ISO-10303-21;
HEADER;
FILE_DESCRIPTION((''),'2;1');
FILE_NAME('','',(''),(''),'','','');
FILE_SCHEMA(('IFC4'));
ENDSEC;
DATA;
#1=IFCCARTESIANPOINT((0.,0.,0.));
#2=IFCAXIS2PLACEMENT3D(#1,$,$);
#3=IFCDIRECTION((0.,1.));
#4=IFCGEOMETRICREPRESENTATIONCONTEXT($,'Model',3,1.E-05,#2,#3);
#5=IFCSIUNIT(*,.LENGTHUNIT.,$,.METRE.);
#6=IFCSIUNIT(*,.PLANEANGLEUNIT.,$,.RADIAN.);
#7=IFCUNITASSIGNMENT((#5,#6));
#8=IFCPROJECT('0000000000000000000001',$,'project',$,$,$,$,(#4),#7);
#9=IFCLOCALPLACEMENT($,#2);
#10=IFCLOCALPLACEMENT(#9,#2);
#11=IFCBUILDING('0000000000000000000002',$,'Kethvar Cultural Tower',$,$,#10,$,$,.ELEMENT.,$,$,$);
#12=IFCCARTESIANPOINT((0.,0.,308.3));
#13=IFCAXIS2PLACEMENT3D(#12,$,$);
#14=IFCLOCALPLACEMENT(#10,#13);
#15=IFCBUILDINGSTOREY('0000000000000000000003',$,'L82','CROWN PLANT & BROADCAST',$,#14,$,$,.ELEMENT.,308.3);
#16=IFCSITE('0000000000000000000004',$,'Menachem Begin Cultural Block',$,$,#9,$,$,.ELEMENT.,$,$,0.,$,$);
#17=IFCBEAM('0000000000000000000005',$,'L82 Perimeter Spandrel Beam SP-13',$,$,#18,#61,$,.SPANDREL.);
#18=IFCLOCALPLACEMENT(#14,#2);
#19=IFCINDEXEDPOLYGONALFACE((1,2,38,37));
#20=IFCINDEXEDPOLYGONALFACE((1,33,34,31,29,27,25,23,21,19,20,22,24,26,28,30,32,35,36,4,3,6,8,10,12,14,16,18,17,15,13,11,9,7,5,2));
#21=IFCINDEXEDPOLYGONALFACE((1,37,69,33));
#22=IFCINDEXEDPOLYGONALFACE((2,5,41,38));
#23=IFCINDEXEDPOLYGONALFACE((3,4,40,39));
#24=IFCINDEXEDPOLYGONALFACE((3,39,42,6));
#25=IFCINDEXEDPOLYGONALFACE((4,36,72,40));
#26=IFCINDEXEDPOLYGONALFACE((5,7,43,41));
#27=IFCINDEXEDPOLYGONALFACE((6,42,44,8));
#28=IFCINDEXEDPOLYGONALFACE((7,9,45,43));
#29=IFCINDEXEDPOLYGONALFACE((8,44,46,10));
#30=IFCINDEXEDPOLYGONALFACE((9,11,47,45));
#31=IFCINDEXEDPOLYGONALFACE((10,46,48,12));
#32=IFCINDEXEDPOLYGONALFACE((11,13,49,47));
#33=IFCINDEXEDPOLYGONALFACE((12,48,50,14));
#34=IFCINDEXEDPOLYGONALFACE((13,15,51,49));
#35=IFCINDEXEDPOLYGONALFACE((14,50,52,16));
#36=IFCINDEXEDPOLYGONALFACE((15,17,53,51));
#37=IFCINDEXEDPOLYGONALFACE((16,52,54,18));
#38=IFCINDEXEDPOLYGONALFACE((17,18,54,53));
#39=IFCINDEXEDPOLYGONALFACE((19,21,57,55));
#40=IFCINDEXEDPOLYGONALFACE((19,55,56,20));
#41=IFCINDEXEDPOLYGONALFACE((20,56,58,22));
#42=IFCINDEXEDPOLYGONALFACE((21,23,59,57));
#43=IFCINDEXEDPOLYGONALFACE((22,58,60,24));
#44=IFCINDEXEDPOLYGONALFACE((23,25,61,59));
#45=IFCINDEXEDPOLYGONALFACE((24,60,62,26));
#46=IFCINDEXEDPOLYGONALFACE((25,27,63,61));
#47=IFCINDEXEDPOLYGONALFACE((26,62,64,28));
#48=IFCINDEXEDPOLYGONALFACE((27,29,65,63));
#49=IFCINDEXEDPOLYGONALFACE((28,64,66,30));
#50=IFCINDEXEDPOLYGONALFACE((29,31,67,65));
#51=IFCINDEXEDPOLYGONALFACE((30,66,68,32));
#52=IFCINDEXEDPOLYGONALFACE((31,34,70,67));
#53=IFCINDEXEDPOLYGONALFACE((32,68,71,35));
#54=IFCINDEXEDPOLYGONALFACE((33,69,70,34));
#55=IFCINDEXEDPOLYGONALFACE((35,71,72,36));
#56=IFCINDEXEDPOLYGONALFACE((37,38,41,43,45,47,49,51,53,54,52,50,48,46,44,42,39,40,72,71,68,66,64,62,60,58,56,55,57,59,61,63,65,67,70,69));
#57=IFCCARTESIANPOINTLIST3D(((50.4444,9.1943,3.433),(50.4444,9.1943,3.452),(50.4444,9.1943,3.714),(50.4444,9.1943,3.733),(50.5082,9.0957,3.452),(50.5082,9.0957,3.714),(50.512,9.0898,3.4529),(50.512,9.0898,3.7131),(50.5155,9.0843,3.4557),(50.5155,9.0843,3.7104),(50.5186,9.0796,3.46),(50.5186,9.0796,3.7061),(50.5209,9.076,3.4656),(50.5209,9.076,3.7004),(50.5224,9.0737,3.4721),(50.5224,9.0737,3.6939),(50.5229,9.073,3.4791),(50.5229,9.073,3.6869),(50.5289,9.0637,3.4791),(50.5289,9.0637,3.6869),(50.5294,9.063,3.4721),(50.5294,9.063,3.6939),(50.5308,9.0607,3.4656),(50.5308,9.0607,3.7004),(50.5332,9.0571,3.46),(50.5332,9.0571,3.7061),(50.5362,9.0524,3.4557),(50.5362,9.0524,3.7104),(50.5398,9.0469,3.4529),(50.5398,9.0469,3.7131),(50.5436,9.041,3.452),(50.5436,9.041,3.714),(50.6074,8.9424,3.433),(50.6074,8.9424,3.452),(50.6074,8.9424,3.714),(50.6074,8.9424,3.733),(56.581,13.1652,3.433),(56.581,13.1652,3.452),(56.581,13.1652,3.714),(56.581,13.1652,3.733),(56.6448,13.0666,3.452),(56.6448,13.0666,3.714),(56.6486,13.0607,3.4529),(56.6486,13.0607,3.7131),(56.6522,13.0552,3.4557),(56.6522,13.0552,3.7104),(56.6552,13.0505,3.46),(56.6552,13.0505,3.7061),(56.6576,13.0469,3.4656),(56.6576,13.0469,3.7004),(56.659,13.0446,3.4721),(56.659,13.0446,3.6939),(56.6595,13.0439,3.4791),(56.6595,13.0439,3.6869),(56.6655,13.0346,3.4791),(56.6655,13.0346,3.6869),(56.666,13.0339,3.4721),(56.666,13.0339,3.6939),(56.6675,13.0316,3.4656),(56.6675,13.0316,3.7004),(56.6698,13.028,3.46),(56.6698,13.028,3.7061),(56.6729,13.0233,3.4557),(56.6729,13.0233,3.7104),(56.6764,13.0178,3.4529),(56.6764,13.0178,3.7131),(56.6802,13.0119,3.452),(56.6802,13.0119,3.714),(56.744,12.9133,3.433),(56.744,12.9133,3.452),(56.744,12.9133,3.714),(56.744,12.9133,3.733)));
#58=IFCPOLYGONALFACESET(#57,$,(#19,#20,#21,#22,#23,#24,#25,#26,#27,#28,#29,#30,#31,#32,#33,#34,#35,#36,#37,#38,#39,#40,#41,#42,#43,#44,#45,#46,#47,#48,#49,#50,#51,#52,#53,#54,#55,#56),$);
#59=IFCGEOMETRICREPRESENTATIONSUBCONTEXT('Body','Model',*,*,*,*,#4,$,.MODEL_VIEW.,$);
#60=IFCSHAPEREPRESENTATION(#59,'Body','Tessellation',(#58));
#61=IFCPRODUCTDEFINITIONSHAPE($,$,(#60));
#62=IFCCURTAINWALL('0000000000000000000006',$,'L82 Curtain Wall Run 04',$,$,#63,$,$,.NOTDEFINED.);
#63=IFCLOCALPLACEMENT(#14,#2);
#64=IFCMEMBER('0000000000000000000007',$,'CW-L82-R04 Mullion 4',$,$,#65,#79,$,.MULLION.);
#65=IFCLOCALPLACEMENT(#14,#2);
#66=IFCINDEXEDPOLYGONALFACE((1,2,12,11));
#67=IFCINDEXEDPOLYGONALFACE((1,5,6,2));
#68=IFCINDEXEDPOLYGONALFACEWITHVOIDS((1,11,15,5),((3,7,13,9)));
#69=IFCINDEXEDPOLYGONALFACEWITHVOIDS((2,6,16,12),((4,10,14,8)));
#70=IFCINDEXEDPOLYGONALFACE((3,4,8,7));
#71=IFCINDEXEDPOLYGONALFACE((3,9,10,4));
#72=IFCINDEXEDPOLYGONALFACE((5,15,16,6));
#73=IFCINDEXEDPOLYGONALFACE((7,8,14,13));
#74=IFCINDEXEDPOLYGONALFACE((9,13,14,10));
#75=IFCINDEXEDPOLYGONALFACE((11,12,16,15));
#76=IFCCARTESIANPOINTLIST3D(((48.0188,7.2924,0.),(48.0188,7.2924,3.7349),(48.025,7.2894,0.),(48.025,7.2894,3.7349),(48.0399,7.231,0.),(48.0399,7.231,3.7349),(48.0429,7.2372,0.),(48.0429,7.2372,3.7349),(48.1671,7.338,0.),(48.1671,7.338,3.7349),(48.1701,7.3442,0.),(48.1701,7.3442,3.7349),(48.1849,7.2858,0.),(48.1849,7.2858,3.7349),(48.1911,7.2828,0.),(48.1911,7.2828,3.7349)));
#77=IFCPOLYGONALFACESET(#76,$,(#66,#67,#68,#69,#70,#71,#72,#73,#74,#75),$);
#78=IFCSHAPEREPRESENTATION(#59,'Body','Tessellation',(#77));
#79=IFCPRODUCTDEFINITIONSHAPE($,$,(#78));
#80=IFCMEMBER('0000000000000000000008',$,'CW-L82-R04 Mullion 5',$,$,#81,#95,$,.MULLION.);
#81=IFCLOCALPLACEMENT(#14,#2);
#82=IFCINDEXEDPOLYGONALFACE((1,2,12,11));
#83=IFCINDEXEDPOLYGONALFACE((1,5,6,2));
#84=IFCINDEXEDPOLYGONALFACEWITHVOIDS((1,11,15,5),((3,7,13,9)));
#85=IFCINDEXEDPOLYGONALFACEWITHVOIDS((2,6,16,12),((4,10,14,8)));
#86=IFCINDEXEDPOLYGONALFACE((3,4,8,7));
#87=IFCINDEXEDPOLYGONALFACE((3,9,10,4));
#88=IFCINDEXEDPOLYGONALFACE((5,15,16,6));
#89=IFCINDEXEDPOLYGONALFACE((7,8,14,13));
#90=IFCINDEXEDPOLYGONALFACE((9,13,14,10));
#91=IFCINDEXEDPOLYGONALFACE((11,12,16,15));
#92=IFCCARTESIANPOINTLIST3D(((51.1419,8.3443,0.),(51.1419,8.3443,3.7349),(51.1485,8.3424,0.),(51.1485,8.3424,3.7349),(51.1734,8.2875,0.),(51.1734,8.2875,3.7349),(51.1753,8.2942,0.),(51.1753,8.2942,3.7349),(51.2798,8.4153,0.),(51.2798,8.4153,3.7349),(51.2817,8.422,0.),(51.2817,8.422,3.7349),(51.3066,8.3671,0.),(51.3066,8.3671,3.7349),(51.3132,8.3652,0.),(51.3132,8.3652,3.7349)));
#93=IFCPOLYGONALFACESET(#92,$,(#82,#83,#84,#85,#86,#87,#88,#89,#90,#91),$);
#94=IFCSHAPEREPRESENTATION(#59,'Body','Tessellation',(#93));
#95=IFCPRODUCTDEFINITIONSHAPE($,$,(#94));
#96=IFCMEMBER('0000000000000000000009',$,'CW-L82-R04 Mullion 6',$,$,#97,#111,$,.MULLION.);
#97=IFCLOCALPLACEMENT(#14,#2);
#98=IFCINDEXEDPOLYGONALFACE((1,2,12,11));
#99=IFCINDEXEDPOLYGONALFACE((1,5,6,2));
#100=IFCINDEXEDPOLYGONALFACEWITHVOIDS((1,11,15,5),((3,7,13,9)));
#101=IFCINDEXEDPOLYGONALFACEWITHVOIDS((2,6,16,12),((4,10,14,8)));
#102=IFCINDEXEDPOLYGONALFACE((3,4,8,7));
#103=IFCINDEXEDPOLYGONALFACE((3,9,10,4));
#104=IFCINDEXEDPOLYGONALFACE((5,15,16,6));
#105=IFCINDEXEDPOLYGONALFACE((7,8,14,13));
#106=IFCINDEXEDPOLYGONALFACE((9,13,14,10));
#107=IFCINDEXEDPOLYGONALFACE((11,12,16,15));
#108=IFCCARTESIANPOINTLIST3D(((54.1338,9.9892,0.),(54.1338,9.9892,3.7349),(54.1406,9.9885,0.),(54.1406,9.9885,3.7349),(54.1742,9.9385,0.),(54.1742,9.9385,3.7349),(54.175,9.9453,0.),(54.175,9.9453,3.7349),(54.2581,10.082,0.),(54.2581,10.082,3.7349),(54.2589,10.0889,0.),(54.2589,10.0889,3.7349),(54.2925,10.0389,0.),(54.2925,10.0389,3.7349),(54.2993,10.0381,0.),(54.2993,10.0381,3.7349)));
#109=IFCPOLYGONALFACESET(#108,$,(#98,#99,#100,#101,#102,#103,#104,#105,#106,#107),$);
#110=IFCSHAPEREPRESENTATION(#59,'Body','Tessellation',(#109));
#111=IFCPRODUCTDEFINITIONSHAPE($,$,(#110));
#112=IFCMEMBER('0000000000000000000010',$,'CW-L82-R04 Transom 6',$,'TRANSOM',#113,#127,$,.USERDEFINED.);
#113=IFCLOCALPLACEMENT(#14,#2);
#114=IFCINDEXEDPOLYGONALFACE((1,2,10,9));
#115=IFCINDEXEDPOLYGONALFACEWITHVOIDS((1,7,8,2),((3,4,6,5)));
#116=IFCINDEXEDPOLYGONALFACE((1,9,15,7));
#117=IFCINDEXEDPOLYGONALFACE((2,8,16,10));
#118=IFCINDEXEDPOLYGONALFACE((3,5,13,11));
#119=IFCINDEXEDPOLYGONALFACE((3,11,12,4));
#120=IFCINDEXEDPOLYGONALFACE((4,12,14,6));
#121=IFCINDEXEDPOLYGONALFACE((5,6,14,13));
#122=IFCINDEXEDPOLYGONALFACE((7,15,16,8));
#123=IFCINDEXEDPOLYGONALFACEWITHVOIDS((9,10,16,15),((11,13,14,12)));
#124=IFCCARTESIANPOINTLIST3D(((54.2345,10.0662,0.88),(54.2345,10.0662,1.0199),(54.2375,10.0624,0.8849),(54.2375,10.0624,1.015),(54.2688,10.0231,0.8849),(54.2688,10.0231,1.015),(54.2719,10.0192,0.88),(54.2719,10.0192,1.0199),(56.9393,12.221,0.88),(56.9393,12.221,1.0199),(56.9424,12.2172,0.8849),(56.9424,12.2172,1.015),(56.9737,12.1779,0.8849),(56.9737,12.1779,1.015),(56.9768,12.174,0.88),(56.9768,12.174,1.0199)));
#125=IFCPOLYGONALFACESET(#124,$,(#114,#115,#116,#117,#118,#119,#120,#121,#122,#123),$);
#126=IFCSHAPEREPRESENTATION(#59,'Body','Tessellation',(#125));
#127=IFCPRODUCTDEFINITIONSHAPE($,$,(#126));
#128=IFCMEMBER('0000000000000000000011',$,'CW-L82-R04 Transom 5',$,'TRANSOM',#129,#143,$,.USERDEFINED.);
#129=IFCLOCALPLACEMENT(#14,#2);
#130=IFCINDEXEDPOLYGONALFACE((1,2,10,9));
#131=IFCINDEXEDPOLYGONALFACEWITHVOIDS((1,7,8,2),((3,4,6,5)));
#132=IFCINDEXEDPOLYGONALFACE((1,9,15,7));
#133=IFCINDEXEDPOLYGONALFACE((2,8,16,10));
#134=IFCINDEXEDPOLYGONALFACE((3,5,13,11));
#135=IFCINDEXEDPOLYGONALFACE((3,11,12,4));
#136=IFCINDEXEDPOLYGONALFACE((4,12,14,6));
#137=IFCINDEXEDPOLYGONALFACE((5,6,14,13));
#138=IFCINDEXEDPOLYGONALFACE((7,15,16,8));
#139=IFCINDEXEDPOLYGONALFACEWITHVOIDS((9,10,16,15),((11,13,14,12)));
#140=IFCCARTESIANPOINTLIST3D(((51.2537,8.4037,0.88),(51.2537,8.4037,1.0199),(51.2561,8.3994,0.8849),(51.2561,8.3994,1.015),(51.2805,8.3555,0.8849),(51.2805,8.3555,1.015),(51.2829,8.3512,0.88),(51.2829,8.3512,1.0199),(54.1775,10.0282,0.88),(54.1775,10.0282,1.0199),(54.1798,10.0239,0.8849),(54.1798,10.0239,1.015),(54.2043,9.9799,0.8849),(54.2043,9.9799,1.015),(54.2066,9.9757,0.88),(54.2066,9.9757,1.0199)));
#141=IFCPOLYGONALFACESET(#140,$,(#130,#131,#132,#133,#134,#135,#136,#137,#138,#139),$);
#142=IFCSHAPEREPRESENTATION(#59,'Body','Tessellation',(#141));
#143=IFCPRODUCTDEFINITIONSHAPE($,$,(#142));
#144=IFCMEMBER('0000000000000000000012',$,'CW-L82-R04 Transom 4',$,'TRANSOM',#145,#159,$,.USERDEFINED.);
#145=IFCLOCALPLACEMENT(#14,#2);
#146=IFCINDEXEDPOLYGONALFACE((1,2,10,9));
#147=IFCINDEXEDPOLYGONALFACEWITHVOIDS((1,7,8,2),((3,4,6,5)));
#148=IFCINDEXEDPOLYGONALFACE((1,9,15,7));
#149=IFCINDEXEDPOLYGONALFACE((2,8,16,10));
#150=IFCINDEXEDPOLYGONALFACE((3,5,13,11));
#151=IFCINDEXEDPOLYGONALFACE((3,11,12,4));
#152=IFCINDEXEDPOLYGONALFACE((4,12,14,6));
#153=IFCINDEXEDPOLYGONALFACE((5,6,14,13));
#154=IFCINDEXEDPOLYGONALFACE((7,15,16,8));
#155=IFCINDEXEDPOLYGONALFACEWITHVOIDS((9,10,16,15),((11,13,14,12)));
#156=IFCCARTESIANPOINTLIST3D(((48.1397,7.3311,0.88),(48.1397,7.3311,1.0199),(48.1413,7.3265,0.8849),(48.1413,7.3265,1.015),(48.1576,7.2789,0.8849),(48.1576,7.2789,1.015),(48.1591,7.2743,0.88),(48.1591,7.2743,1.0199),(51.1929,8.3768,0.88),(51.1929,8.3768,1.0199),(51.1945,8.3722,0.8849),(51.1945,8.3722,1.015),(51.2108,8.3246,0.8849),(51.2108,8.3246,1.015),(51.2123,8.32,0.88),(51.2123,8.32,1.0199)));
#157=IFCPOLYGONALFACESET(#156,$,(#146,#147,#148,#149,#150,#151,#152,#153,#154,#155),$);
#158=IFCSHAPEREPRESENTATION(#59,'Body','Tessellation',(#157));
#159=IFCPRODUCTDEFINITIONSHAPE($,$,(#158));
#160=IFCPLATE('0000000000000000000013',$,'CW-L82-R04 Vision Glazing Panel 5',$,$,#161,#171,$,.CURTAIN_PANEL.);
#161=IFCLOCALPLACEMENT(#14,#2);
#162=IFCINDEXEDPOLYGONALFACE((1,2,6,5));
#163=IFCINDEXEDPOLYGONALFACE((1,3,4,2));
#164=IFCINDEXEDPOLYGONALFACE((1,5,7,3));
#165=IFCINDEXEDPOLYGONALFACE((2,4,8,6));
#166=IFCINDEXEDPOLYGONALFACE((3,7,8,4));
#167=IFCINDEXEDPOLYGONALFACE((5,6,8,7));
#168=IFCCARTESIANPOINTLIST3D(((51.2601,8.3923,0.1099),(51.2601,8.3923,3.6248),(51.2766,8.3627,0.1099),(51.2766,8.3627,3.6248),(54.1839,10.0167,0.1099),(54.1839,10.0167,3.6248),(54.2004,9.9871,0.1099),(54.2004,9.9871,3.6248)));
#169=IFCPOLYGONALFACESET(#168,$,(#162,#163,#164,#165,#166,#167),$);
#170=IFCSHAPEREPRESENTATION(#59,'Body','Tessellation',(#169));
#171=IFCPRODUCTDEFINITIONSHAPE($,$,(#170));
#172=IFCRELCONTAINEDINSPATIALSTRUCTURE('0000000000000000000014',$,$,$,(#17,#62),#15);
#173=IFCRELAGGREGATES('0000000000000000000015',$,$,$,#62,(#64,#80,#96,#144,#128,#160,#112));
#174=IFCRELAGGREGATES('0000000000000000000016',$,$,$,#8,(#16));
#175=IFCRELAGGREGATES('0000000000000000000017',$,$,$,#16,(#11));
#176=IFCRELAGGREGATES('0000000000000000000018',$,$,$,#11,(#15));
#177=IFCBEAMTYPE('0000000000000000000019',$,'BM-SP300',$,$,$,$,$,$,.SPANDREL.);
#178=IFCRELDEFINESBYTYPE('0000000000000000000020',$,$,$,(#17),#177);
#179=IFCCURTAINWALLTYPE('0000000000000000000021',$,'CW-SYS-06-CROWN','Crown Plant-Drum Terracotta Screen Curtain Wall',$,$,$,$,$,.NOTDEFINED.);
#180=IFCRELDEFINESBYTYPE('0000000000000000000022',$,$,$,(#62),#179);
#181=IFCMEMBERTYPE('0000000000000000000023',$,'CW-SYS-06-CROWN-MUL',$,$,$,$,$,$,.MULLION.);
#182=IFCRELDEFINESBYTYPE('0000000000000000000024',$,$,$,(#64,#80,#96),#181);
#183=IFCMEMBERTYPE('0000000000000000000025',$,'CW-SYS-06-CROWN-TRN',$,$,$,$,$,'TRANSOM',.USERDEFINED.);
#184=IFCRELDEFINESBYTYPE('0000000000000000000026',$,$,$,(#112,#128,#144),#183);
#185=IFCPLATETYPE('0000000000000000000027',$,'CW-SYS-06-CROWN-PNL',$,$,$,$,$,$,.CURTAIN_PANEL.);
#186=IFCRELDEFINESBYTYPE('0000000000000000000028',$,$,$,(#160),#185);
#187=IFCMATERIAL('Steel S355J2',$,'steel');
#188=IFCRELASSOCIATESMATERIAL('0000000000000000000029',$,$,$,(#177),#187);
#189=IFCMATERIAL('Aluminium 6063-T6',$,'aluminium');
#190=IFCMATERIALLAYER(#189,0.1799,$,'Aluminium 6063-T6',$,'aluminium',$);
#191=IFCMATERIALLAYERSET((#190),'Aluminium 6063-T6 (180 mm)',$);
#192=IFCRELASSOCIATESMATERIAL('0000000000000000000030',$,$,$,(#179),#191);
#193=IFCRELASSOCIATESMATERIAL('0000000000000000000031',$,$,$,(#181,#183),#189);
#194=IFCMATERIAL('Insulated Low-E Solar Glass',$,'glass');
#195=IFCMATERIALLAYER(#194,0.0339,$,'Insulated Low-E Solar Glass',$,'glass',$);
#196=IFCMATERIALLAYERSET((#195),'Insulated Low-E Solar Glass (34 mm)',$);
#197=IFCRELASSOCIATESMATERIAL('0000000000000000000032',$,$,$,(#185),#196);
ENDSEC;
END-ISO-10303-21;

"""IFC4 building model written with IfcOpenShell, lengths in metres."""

from ifc_helpers import new_model, si_unit, direction, frame, origin, origin_2d, place, context, subcontext, project, spatial, rectangle, hollow_rectangle, i_section, extrude, source, transform, mapped, material, layer, layer_set, material_profile, profile_set, type_object, element, aggregate, save


model = new_model("IFC4")

# Units and contexts
model_context = context("Model", 3, precision=1e-05, world=origin(), true_north=direction((0.0, 1.0)))
body_context = subcontext(model_context, "Body", "Model", "MODEL_VIEW")
ifc_project = project(units=[si_unit("LENGTHUNIT", "METRE"), si_unit("PLANEANGLEUNIT", "RADIAN")], contexts=[model_context])

# Site, building, storey
site_placement = place(None, origin())
site = spatial("IfcSite", under=ifc_project, at=site_placement, Name="Menachem Begin Cultural Block", CompositionType="ELEMENT", RefElevation=0.0)
building_placement = place(site_placement, origin())
building = spatial("IfcBuilding", under=site, at=building_placement, Name="Kethvar Cultural Tower", CompositionType="ELEMENT")
storey_placement = place(building_placement, frame((0.0, 0.0, 308.3)))
storey = spatial("IfcBuildingStorey", under=building, at=storey_placement, Name="L82", Description="CROWN PLANT & BROADCAST", CompositionType="ELEMENT", Elevation=308.3)

# Shared definitions
ifc_material_1 = material(Name="Steel S355J2", Category="steel")

# Beam
ifc_material_profile_1 = material_profile(ifc_material_1, i_section(OverallWidth=0.3, OverallDepth=0.3, WebThickness=0.011, FlangeThickness=0.019, FilletRadius=0.0271, at=origin_2d()), Name="Steel S355J2 — HEB300")
ifc_profile_set_1 = profile_set([ifc_material_profile_1], Name="Steel S355J2 — HEB300")
beam_type_1 = type_object("IfcBeamType", Name="BM-SP300", PredefinedType="SPANDREL", material=ifc_profile_set_1)
shared_shape_1 = source(origin(), body_context, "Body", "SweptSolid", [
    extrude(i_section(OverallWidth=0.3, OverallDepth=0.3, WebThickness=0.011, FlangeThickness=0.019, FilletRadius=0.0271, at=origin_2d()), origin(), (0.0, 0.0, 1.0), 7.3093),
])
beam_1_placement = place(storey_placement, frame((50.5259, 9.0684, 3.583), z_axis=(0.839562, 0.543264, 0.0), x_axis=(-0.543264, 0.839562, 0.0)))
element("IfcBeam", 1, at=beam_1_placement, inside=storey, type_object=beam_type_1, Name="L82 Perimeter Spandrel Beam SP-13", PredefinedType="SPANDREL", context=body_context, shape_type="MappedRepresentation", body=[
    mapped(shared_shape_1, transform((0.0, 0.0, 0.0), scale=1.0)),
])

# Curtain wall, members, plate
ifc_material_2 = material(Name="Aluminium 6063-T6", Category="aluminium")
ifc_layer_1 = layer(ifc_material_2, 0.1799, Name="Aluminium 6063-T6", Category="aluminium")
ifc_layer_set_1 = layer_set([ifc_layer_1], Name="Aluminium 6063-T6 (180 mm)")
curtain_wall_type = type_object("IfcCurtainWallType", Name="CW-SYS-06-CROWN", Description="Crown Plant-Drum Terracotta Screen Curtain Wall", PredefinedType="NOTDEFINED", material=ifc_layer_set_1)
curtain_wall_placement = place(storey_placement, origin())
curtain_wall = element("IfcCurtainWall", 2, at=curtain_wall_placement, inside=storey, type_object=curtain_wall_type, Name="L82 Curtain Wall Run 04", PredefinedType="NOTDEFINED")
ifc_material_profile_2 = material_profile(ifc_material_2, hollow_rectangle(XDim=0.0649, YDim=0.1599, WallThickness=0.0049, at=origin_2d()), Name="Aluminium 6063-T6 — RHS160x65x5")
ifc_profile_set_2 = profile_set([ifc_material_profile_2], Name="Aluminium 6063-T6 — RHS160x65x5")
member_type_1 = type_object("IfcMemberType", Name="CW-SYS-06-CROWN-MUL", PredefinedType="MULLION", material=ifc_profile_set_2)
shared_shape_2 = source(origin(), body_context, "Body", "SweptSolid", [
    extrude(hollow_rectangle(XDim=0.0649, YDim=0.1599, WallThickness=0.0049, at=origin_2d()), origin(), (0.0, 0.0, 1.0), 3.7349),
])
member_1_placement = place(storey_placement, frame((48.105, 7.2876, 0.0), z_axis=(0.0, 0.0, 1.0), x_axis=(-0.32395, 0.946074, 0.0)))
member_1 = element("IfcMember", 3, at=member_1_placement, type_object=member_type_1, Name="CW-L82-R04 Mullion 4", PredefinedType="MULLION", context=body_context, shape_type="MappedRepresentation", body=[
    mapped(shared_shape_2, transform((0.0, 0.0, 0.0), scale=1.0)),
])
member_2_placement = place(storey_placement, frame((51.2275, 8.3547, 0.0), z_axis=(0.0, 0.0, 1.0), x_axis=(-0.485664, 0.874145, 0.0)))
member_2 = element("IfcMember", 4, at=member_2_placement, type_object=member_type_1, Name="CW-L82-R04 Mullion 5", PredefinedType="MULLION", context=body_context, shape_type="MappedRepresentation", body=[
    mapped(shared_shape_2, transform((0.0, 0.0, 0.0), scale=1.0)),
])
member_3_placement = place(storey_placement, frame((54.2166, 10.0137, 0.0), z_axis=(0.0, 0.0, 1.0), x_axis=(-0.623102, 0.782141, 0.0)))
member_3 = element("IfcMember", 5, at=member_3_placement, type_object=member_type_1, Name="CW-L82-R04 Mullion 6", PredefinedType="MULLION", context=body_context, shape_type="MappedRepresentation", body=[
    mapped(shared_shape_2, transform((0.0, 0.0, 0.0), scale=1.0)),
])
ifc_material_profile_3 = material_profile(ifc_material_2, hollow_rectangle(XDim=0.0601, YDim=0.1399, WallThickness=0.0049, at=origin_2d()), Name="Aluminium 6063-T6 — RHS140x60x5")
ifc_profile_set_3 = profile_set([ifc_material_profile_3], Name="Aluminium 6063-T6 — RHS140x60x5")
member_type_2 = type_object("IfcMemberType", Name="CW-SYS-06-CROWN-TRN", ElementType="TRANSOM", PredefinedType="USERDEFINED", material=ifc_profile_set_3)
shared_shape_3 = source(origin(), body_context, "Body", "SweptSolid", [
    extrude(hollow_rectangle(XDim=0.0601, YDim=0.1399, WallThickness=0.0049, at=origin_2d()), origin(), (0.0, 0.0, 1.0), 3.4583),
])
member_4_placement = place(storey_placement, frame((54.2532, 10.0427, 0.95), z_axis=(0.782148, 0.623092, 0.0), x_axis=(-0.623092, 0.782148, 0.0)))
member_4 = element("IfcMember", 6, at=member_4_placement, type_object=member_type_2, Name="CW-L82-R04 Transom 6", ObjectType="TRANSOM", PredefinedType="USERDEFINED", context=body_context, shape_type="MappedRepresentation", body=[
    mapped(shared_shape_3, transform((0.0, 0.0, 0.0), scale=1.0)),
])
shared_shape_4 = source(origin(), body_context, "Body", "SweptSolid", [
    extrude(hollow_rectangle(XDim=0.0601, YDim=0.1399, WallThickness=0.0049, at=origin_2d()), origin(), (0.0, 0.0, 1.0), 3.3447),
])
member_5_placement = place(storey_placement, frame((51.2683, 8.3774, 0.95), z_axis=(0.874137, 0.48568, 0.0), x_axis=(-0.48568, 0.874137, 0.0)))
member_5 = element("IfcMember", 7, at=member_5_placement, type_object=member_type_2, Name="CW-L82-R04 Transom 5", ObjectType="TRANSOM", PredefinedType="USERDEFINED", context=body_context, shape_type="MappedRepresentation", body=[
    mapped(shared_shape_4, transform((0.0, 0.0, 0.0), scale=1.0)),
])
shared_shape_5 = source(origin(), body_context, "Body", "SweptSolid", [
    extrude(hollow_rectangle(XDim=0.0601, YDim=0.1399, WallThickness=0.0049, at=origin_2d()), origin(), (0.0, 0.0, 1.0), 3.2273),
])
member_6_placement = place(storey_placement, frame((48.1494, 7.3027, 0.95), z_axis=(0.946057, 0.324001, 0.0), x_axis=(-0.324001, 0.946057, 0.0)))
member_6 = element("IfcMember", 8, at=member_6_placement, type_object=member_type_2, Name="CW-L82-R04 Transom 4", ObjectType="TRANSOM", PredefinedType="USERDEFINED", context=body_context, shape_type="MappedRepresentation", body=[
    mapped(shared_shape_5, transform((0.0, 0.0, 0.0), scale=1.0)),
])
ifc_material_3 = material(Name="Insulated Low-E Solar Glass", Category="glass")
ifc_layer_2 = layer(ifc_material_3, 0.0339, Name="Insulated Low-E Solar Glass", Category="glass")
ifc_layer_set_2 = layer_set([ifc_layer_2], Name="Insulated Low-E Solar Glass (34 mm)")
plate_type = type_object("IfcPlateType", Name="CW-SYS-06-CROWN-PNL", PredefinedType="CURTAIN_PANEL", material=ifc_layer_set_2)
shared_shape_6 = source(origin(), body_context, "Body", "SweptSolid", [
    extrude(rectangle(XDim=3.3447, YDim=0.0339, at=origin_2d()), origin(), (0.0, 0.0, 1.0), 3.5149),
])
plate_1_placement = place(storey_placement, frame((52.7302, 9.1897, 0.1099), z_axis=(0.0, 0.0, 1.0), x_axis=(0.874145, 0.485664, 0.0)))
plate_1 = element("IfcPlate", 9, at=plate_1_placement, type_object=plate_type, Name="CW-L82-R04 Vision Glazing Panel 5", PredefinedType="CURTAIN_PANEL", context=body_context, shape_type="MappedRepresentation", body=[
    mapped(shared_shape_6, transform((0.0, 0.0, 0.0), scale=1.0)),
])
aggregate(curtain_wall, [member_1, member_2, member_3, member_6, member_5, plate_1, member_4])

save(model, "model.ifc")
